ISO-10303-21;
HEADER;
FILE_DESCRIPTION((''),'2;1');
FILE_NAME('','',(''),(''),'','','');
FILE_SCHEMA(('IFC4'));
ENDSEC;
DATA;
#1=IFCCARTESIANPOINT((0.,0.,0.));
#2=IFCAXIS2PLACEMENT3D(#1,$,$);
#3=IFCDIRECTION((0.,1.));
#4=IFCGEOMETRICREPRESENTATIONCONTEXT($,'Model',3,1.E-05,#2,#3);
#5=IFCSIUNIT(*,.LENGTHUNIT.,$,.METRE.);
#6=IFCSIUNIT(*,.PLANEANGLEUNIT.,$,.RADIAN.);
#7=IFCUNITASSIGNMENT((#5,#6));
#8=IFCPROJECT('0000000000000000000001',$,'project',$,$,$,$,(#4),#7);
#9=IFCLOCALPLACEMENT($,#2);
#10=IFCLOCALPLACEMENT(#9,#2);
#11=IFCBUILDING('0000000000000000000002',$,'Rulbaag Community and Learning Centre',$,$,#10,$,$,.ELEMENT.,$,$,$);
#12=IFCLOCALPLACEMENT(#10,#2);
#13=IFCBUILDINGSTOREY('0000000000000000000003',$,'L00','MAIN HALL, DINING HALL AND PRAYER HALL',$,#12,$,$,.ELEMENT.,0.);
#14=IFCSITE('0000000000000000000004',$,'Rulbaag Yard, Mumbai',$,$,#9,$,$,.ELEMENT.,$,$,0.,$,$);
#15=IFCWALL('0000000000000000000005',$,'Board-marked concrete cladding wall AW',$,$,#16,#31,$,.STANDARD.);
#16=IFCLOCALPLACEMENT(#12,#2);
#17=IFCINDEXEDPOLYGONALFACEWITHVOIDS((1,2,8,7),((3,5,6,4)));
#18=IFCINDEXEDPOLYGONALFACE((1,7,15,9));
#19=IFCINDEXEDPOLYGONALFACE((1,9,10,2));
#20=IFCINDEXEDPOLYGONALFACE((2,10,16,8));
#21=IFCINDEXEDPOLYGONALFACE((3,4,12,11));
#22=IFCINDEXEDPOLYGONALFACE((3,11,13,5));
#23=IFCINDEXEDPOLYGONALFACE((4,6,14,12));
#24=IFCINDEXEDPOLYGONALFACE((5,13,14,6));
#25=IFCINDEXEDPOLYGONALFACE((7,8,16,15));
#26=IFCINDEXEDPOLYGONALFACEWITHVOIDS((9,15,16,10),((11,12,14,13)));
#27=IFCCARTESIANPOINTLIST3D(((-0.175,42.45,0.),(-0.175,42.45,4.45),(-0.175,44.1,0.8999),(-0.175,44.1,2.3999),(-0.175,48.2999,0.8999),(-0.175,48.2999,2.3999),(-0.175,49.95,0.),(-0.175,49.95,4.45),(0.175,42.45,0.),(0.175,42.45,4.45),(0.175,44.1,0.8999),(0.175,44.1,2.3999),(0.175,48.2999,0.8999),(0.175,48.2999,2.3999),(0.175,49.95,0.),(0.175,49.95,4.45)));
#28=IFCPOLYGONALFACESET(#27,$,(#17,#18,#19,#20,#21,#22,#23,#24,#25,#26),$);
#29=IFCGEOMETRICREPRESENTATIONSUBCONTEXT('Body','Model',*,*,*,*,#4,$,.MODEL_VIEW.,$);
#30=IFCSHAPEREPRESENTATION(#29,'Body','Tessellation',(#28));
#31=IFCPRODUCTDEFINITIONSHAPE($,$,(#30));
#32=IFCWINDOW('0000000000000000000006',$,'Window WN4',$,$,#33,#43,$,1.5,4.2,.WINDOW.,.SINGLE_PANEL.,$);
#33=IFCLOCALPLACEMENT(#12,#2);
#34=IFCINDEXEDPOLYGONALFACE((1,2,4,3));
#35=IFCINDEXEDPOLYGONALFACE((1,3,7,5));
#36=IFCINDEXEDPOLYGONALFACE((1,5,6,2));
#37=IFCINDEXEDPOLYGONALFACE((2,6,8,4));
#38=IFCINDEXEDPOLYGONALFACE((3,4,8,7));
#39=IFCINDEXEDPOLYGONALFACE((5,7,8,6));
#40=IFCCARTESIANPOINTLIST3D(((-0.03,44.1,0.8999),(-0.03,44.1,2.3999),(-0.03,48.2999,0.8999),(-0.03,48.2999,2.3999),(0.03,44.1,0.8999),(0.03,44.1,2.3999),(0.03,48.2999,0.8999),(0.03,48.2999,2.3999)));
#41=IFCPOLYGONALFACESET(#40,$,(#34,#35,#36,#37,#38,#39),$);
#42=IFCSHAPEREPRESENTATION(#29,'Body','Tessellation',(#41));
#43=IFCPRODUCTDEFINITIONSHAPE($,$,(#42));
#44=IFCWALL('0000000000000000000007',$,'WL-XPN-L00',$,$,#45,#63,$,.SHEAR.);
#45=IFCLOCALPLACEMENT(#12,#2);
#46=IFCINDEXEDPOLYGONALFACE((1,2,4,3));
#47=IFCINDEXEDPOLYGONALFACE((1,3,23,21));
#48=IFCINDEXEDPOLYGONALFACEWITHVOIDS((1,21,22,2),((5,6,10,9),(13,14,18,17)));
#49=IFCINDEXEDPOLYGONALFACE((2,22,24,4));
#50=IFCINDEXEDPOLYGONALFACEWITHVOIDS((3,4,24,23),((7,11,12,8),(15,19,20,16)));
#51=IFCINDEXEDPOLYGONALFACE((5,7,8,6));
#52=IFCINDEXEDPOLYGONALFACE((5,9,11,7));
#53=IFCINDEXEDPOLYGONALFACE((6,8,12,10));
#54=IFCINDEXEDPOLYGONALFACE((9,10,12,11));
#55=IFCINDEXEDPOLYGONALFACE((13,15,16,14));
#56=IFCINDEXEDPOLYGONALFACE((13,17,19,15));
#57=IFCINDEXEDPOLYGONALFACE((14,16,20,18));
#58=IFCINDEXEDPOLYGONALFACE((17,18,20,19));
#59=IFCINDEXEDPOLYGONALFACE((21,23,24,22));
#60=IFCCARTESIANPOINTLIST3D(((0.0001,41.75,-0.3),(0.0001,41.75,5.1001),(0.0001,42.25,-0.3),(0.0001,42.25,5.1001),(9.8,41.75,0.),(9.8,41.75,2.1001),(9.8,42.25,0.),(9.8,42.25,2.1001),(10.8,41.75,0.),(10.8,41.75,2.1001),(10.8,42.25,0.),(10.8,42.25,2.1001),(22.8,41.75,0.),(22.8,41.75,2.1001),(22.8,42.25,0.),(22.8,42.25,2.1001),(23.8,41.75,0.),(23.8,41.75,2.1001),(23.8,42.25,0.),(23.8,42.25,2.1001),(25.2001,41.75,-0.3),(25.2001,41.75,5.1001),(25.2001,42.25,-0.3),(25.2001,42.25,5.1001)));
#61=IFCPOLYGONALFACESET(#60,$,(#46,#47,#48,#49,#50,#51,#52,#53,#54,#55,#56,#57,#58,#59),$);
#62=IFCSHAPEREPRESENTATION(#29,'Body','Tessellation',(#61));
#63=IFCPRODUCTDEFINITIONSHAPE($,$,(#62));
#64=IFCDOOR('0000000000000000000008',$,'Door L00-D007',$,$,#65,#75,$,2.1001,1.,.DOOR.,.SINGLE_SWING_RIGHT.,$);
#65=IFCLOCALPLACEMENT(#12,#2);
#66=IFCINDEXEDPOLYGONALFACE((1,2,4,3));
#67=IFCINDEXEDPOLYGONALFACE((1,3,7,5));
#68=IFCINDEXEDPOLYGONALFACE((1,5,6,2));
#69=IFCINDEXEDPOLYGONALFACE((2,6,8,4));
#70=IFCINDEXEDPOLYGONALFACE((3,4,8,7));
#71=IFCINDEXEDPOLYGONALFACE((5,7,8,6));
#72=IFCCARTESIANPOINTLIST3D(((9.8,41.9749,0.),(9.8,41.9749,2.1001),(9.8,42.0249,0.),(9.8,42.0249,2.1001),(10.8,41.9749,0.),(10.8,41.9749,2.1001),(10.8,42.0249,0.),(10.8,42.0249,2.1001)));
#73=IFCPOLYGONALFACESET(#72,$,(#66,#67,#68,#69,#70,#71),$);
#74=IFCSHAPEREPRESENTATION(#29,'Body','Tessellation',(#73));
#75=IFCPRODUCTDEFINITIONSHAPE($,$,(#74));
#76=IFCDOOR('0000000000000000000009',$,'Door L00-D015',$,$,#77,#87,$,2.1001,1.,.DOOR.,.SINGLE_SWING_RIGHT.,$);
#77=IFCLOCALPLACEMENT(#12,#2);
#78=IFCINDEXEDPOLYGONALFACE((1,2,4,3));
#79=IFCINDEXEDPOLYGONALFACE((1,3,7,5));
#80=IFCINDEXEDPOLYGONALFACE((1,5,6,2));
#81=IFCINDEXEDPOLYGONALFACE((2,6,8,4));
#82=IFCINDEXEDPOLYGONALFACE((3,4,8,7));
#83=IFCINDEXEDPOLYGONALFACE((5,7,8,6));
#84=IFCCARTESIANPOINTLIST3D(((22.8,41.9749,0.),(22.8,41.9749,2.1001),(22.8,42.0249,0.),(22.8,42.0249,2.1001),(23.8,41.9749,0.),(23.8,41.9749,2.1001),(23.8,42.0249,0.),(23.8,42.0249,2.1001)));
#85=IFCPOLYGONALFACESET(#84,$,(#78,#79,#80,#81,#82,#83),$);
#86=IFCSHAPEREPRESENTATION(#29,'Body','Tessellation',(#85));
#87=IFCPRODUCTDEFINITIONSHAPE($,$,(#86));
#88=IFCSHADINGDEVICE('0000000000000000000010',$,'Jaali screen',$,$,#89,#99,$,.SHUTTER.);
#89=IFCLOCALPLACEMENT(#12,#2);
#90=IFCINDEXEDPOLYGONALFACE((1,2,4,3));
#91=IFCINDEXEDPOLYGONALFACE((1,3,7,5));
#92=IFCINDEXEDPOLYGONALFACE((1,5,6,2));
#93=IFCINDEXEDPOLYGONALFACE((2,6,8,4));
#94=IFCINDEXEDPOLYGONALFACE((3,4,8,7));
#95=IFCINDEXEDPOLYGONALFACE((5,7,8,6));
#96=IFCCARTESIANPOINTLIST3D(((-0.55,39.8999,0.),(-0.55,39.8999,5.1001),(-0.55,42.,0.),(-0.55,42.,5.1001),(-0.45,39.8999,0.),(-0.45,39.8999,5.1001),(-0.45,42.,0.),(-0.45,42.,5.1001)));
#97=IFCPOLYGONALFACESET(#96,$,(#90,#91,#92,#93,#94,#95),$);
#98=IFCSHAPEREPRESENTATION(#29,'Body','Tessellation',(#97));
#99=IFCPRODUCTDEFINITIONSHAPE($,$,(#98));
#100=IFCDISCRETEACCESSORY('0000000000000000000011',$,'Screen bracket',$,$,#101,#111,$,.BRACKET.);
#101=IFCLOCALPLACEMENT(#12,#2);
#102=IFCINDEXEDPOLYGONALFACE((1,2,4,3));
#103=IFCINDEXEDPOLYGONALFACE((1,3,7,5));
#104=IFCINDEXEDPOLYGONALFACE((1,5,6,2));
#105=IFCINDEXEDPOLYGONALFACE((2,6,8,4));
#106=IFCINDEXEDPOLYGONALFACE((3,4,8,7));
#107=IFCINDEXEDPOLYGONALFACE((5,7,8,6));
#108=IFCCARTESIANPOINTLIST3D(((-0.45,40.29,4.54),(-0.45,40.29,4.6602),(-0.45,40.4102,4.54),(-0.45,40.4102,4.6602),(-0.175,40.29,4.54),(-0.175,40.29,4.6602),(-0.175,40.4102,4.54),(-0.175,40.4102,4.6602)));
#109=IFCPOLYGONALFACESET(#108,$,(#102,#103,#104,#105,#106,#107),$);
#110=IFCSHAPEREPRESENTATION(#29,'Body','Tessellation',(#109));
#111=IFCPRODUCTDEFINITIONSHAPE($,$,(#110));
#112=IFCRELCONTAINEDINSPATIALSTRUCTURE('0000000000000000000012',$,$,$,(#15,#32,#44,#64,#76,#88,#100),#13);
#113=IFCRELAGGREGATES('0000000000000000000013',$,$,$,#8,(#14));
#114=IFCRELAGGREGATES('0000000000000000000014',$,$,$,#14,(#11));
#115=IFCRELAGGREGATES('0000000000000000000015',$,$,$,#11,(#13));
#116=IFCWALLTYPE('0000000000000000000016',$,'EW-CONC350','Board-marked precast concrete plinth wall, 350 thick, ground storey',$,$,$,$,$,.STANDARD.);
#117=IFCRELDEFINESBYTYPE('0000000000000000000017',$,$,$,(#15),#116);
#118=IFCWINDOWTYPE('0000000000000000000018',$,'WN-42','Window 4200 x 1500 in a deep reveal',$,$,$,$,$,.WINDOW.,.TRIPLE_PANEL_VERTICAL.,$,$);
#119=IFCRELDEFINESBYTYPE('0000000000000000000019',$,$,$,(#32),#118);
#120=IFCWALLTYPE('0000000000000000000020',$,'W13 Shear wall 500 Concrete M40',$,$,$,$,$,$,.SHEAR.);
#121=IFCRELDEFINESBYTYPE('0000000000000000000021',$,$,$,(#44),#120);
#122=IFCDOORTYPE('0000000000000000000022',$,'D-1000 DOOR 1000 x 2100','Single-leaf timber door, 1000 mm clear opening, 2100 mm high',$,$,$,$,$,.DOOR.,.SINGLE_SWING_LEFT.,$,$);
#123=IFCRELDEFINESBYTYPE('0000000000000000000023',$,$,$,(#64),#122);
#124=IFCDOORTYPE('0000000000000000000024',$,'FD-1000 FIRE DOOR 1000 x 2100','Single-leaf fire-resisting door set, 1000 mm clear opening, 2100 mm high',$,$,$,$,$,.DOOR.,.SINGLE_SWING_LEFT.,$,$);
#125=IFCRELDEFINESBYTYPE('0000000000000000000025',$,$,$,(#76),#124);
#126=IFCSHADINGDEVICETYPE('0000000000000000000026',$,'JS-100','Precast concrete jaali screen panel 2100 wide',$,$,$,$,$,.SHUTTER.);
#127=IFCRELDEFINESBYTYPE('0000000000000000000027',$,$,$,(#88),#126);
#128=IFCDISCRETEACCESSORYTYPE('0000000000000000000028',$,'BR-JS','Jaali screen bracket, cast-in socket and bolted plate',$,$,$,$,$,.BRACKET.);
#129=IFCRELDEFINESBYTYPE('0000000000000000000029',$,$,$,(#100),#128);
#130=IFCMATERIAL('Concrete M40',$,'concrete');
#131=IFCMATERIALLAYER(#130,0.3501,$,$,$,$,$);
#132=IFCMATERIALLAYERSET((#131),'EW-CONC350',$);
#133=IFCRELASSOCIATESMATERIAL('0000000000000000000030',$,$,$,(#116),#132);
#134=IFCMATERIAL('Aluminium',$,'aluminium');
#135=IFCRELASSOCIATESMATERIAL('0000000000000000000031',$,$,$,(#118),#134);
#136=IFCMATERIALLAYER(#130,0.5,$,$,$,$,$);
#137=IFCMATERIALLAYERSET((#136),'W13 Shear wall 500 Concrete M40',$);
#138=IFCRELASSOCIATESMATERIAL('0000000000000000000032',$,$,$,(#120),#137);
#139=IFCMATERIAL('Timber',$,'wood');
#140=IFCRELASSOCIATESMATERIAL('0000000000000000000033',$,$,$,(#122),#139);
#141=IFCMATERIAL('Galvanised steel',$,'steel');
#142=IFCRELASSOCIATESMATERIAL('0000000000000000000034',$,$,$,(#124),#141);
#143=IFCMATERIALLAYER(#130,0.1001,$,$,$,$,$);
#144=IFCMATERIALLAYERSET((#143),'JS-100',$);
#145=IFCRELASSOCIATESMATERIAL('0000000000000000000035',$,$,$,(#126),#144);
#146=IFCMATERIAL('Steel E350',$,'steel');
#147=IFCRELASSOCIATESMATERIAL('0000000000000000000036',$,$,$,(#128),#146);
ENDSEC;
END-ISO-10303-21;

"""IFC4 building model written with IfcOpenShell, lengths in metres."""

from ifc_helpers import new_model, si_unit, direction, frame, frame_2d, origin, origin_2d, place, context, subcontext, project, spatial, rectangle, extrude, material, layer, layer_set, type_object, element, fill, save


model = new_model("IFC4")

# Units and contexts
model_context = context("Model", 3, precision=1e-05, world=origin(), true_north=direction((0.0, 1.0)))
body_context = subcontext(model_context, "Body", "Model", "MODEL_VIEW")
ifc_project = project(units=[si_unit("LENGTHUNIT", "METRE"), si_unit("PLANEANGLEUNIT", "RADIAN")], contexts=[model_context])

# Site, building, storey
site_placement = place(None, origin())
site = spatial("IfcSite", under=ifc_project, at=site_placement, Name="Rulbaag Yard, Mumbai", CompositionType="ELEMENT", RefElevation=0.0)
building_placement = place(site_placement, origin())
building = spatial("IfcBuilding", under=site, at=building_placement, Name="Rulbaag Community and Learning Centre", CompositionType="ELEMENT")
storey_placement = place(building_placement, origin())
storey = spatial("IfcBuildingStorey", under=building, at=storey_placement, Name="L00", Description="MAIN HALL, DINING HALL AND PRAYER HALL", CompositionType="ELEMENT", Elevation=0.0)

# Shared definitions
ifc_material_1 = material(Name="Concrete M40", Category="concrete")
ifc_layer_1 = layer(ifc_material_1, 0.3501)
ifc_layer_set_1 = layer_set([ifc_layer_1], Name="EW-CONC350")
wall_type_1 = type_object("IfcWallType", Name="EW-CONC350", Description="Board-marked precast concrete plinth wall, 350 thick, ground storey", PredefinedType="STANDARD", material=ifc_layer_set_1)
ifc_material_2 = material(Name="Aluminium", Category="aluminium")

# Wall, opening, window
wall_1_placement = place(storey_placement, frame((0.0, 42.45, 0.0), z_axis=(0.0, 0.0, 1.0), x_axis=(0.0, 1.0, 0.0)))
wall_1 = element("IfcWall", 1, at=wall_1_placement, inside=storey, type_object=wall_type_1, Name="Board-marked concrete cladding wall AW", PredefinedType="STANDARD", context=body_context, shape_type="SweptSolid", body=[
    extrude(rectangle(XDim=7.5, YDim=0.3501, at=frame_2d((3.75, 0.0))), origin(), (0.0, 0.0, 1.0), 4.45),
])
opening_1_placement = place(wall_1_placement, frame((1.6499, 0.0, 0.8999)))
opening_1 = element("IfcOpeningElement", 2, at=opening_1_placement, cuts=wall_1, PredefinedType="OPENING", context=body_context, shape_type="SweptSolid", body=[
    extrude(rectangle(XDim=4.2, YDim=1.5, at=frame_2d((2.1001, 0.75))), frame((0.0, 0.1851, 0.0), z_axis=(0.0, -1.0, 0.0), x_axis=(1.0, 0.0, 0.0)), (0.0, 0.0, 1.0), 0.3701),
])
window_type_1 = type_object("IfcWindowType", Name="WN-42", Description="Window 4200 x 1500 in a deep reveal", PartitioningType="TRIPLE_PANEL_VERTICAL", PredefinedType="WINDOW", material=ifc_material_2)
window_1_placement = place(opening_1_placement, origin())
window_1 = element("IfcWindow", 3, at=window_1_placement, inside=storey, type_object=window_type_1, Name="Window WN4", OverallHeight=1.5, OverallWidth=4.2, PartitioningType="SINGLE_PANEL", PredefinedType="WINDOW", context=body_context, shape_type="SweptSolid", body=[
    extrude(rectangle(XDim=4.2, YDim=1.5, at=frame_2d((2.1001, 0.75))), frame((0.0, 0.03, 0.0), z_axis=(0.0, -1.0, 0.0), x_axis=(1.0, 0.0, 0.0)), (0.0, 0.0, 1.0), 0.0601),
])
fill(opening_1, window_1)

# Wall, openings, doors
ifc_layer_2 = layer(ifc_material_1, 0.5)
ifc_layer_set_2 = layer_set([ifc_layer_2], Name="W13 Shear wall 500 Concrete M40")
wall_type_2 = type_object("IfcWallType", Name="W13 Shear wall 500 Concrete M40", PredefinedType="SHEAR", material=ifc_layer_set_2)
wall_2_placement = place(storey_placement, frame((0.0, 42.0, -0.3), z_axis=(0.0, 0.0, 1.0), x_axis=(1.0, 0.0, 0.0)))
wall_2 = element("IfcWall", 4, at=wall_2_placement, inside=storey, type_object=wall_type_2, Name="WL-XPN-L00", PredefinedType="SHEAR", context=body_context, shape_type="SweptSolid", body=[
    extrude(rectangle(XDim=25.2, YDim=0.5, at=frame_2d((12.6001, 0.0))), origin(), (0.0, 0.0, 1.0), 5.4001),
])
opening_2_placement = place(wall_2_placement, frame((9.8, 0.0, 0.3)))
opening_2 = element("IfcOpeningElement", 5, at=opening_2_placement, cuts=wall_2, PredefinedType="OPENING", context=body_context, shape_type="SweptSolid", body=[
    extrude(rectangle(XDim=1.0, YDim=2.1001, at=frame_2d((0.5, 1.05))), frame((0.0, 0.26, 0.0), z_axis=(0.0, -1.0, 0.0), x_axis=(1.0, 0.0, 0.0)), (0.0, 0.0, 1.0), 0.52),
])
opening_3_placement = place(wall_2_placement, frame((22.8, 0.0, 0.3)))
opening_3 = element("IfcOpeningElement", 6, at=opening_3_placement, cuts=wall_2, PredefinedType="OPENING", context=body_context, shape_type="SweptSolid", body=[
    extrude(rectangle(XDim=1.0, YDim=2.1001, at=frame_2d((0.5, 1.05))), frame((0.0, 0.26, 0.0), z_axis=(0.0, -1.0, 0.0), x_axis=(1.0, 0.0, 0.0)), (0.0, 0.0, 1.0), 0.52),
])
ifc_material_3 = material(Name="Timber", Category="wood")
door_type_1 = type_object("IfcDoorType", Name="D-1000 DOOR 1000 x 2100", Description="Single-leaf timber door, 1000 mm clear opening, 2100 mm high", OperationType="SINGLE_SWING_LEFT", PredefinedType="DOOR", material=ifc_material_3)
door_1_placement = place(opening_2_placement, origin())
door_1 = element("IfcDoor", 7, at=door_1_placement, inside=storey, type_object=door_type_1, Name="Door L00-D007", OperationType="SINGLE_SWING_RIGHT", OverallHeight=2.1001, OverallWidth=1.0, PredefinedType="DOOR", context=body_context, shape_type="SweptSolid", body=[
    extrude(rectangle(XDim=1.0, YDim=2.1001, at=frame_2d((0.5, 1.05))), frame((0.0, 0.0249, 0.0), z_axis=(0.0, -1.0, 0.0), x_axis=(1.0, 0.0, 0.0)), (0.0, 0.0, 1.0), 0.05),
])
fill(opening_2, door_1)
ifc_material_4 = material(Name="Galvanised steel", Category="steel")
door_type_2 = type_object("IfcDoorType", Name="FD-1000 FIRE DOOR 1000 x 2100", Description="Single-leaf fire-resisting door set, 1000 mm clear opening, 2100 mm high", OperationType="SINGLE_SWING_LEFT", PredefinedType="DOOR", material=ifc_material_4)
door_2_placement = place(opening_3_placement, origin())
door_2 = element("IfcDoor", 8, at=door_2_placement, inside=storey, type_object=door_type_2, Name="Door L00-D015", OperationType="SINGLE_SWING_RIGHT", OverallHeight=2.1001, OverallWidth=1.0, PredefinedType="DOOR", context=body_context, shape_type="SweptSolid", body=[
    extrude(rectangle(XDim=1.0, YDim=2.1001, at=frame_2d((0.5, 1.05))), frame((0.0, 0.0249, 0.0), z_axis=(0.0, -1.0, 0.0), x_axis=(1.0, 0.0, 0.0)), (0.0, 0.0, 1.0), 0.05),
])
fill(opening_3, door_2)

# Shading device
ifc_layer_3 = layer(ifc_material_1, 0.1001)
ifc_layer_set_3 = layer_set([ifc_layer_3], Name="JS-100")
shading_device_type = type_object("IfcShadingDeviceType", Name="JS-100", Description="Precast concrete jaali screen panel 2100 wide", PredefinedType="SHUTTER", material=ifc_layer_set_3)
shading_device_placement = place(storey_placement, frame((-0.5, 40.95, 0.0), z_axis=(0.0, 0.0, 1.0), x_axis=(1.0, 0.0, 0.0)))
element("IfcShadingDevice", 9, at=shading_device_placement, inside=storey, type_object=shading_device_type, Name="Jaali screen", PredefinedType="SHUTTER", context=body_context, shape_type="SweptSolid", body=[
    extrude(rectangle(XDim=0.1001, YDim=2.1001, at=origin_2d()), origin(), (0.0, 0.0, 1.0), 5.1001),
])

# Discrete accessory
ifc_material_5 = material(Name="Steel E350", Category="steel")
discrete_accessory_type = type_object("IfcDiscreteAccessoryType", Name="BR-JS", Description="Jaali screen bracket, cast-in socket and bolted plate", PredefinedType="BRACKET", material=ifc_material_5)
discrete_accessory_placement = place(storey_placement, frame((-0.3125, 40.3501, 4.54), z_axis=(0.0, 0.0, 1.0), x_axis=(1.0, 0.0, 0.0)))
element("IfcDiscreteAccessory", 10, at=discrete_accessory_placement, inside=storey, type_object=discrete_accessory_type, Name="Screen bracket", PredefinedType="BRACKET", context=body_context, shape_type="SweptSolid", body=[
    extrude(rectangle(XDim=0.2749, YDim=0.1201, at=origin_2d()), origin(), (0.0, 0.0, 1.0), 0.1201),
])

save(model, "model.ifc")
